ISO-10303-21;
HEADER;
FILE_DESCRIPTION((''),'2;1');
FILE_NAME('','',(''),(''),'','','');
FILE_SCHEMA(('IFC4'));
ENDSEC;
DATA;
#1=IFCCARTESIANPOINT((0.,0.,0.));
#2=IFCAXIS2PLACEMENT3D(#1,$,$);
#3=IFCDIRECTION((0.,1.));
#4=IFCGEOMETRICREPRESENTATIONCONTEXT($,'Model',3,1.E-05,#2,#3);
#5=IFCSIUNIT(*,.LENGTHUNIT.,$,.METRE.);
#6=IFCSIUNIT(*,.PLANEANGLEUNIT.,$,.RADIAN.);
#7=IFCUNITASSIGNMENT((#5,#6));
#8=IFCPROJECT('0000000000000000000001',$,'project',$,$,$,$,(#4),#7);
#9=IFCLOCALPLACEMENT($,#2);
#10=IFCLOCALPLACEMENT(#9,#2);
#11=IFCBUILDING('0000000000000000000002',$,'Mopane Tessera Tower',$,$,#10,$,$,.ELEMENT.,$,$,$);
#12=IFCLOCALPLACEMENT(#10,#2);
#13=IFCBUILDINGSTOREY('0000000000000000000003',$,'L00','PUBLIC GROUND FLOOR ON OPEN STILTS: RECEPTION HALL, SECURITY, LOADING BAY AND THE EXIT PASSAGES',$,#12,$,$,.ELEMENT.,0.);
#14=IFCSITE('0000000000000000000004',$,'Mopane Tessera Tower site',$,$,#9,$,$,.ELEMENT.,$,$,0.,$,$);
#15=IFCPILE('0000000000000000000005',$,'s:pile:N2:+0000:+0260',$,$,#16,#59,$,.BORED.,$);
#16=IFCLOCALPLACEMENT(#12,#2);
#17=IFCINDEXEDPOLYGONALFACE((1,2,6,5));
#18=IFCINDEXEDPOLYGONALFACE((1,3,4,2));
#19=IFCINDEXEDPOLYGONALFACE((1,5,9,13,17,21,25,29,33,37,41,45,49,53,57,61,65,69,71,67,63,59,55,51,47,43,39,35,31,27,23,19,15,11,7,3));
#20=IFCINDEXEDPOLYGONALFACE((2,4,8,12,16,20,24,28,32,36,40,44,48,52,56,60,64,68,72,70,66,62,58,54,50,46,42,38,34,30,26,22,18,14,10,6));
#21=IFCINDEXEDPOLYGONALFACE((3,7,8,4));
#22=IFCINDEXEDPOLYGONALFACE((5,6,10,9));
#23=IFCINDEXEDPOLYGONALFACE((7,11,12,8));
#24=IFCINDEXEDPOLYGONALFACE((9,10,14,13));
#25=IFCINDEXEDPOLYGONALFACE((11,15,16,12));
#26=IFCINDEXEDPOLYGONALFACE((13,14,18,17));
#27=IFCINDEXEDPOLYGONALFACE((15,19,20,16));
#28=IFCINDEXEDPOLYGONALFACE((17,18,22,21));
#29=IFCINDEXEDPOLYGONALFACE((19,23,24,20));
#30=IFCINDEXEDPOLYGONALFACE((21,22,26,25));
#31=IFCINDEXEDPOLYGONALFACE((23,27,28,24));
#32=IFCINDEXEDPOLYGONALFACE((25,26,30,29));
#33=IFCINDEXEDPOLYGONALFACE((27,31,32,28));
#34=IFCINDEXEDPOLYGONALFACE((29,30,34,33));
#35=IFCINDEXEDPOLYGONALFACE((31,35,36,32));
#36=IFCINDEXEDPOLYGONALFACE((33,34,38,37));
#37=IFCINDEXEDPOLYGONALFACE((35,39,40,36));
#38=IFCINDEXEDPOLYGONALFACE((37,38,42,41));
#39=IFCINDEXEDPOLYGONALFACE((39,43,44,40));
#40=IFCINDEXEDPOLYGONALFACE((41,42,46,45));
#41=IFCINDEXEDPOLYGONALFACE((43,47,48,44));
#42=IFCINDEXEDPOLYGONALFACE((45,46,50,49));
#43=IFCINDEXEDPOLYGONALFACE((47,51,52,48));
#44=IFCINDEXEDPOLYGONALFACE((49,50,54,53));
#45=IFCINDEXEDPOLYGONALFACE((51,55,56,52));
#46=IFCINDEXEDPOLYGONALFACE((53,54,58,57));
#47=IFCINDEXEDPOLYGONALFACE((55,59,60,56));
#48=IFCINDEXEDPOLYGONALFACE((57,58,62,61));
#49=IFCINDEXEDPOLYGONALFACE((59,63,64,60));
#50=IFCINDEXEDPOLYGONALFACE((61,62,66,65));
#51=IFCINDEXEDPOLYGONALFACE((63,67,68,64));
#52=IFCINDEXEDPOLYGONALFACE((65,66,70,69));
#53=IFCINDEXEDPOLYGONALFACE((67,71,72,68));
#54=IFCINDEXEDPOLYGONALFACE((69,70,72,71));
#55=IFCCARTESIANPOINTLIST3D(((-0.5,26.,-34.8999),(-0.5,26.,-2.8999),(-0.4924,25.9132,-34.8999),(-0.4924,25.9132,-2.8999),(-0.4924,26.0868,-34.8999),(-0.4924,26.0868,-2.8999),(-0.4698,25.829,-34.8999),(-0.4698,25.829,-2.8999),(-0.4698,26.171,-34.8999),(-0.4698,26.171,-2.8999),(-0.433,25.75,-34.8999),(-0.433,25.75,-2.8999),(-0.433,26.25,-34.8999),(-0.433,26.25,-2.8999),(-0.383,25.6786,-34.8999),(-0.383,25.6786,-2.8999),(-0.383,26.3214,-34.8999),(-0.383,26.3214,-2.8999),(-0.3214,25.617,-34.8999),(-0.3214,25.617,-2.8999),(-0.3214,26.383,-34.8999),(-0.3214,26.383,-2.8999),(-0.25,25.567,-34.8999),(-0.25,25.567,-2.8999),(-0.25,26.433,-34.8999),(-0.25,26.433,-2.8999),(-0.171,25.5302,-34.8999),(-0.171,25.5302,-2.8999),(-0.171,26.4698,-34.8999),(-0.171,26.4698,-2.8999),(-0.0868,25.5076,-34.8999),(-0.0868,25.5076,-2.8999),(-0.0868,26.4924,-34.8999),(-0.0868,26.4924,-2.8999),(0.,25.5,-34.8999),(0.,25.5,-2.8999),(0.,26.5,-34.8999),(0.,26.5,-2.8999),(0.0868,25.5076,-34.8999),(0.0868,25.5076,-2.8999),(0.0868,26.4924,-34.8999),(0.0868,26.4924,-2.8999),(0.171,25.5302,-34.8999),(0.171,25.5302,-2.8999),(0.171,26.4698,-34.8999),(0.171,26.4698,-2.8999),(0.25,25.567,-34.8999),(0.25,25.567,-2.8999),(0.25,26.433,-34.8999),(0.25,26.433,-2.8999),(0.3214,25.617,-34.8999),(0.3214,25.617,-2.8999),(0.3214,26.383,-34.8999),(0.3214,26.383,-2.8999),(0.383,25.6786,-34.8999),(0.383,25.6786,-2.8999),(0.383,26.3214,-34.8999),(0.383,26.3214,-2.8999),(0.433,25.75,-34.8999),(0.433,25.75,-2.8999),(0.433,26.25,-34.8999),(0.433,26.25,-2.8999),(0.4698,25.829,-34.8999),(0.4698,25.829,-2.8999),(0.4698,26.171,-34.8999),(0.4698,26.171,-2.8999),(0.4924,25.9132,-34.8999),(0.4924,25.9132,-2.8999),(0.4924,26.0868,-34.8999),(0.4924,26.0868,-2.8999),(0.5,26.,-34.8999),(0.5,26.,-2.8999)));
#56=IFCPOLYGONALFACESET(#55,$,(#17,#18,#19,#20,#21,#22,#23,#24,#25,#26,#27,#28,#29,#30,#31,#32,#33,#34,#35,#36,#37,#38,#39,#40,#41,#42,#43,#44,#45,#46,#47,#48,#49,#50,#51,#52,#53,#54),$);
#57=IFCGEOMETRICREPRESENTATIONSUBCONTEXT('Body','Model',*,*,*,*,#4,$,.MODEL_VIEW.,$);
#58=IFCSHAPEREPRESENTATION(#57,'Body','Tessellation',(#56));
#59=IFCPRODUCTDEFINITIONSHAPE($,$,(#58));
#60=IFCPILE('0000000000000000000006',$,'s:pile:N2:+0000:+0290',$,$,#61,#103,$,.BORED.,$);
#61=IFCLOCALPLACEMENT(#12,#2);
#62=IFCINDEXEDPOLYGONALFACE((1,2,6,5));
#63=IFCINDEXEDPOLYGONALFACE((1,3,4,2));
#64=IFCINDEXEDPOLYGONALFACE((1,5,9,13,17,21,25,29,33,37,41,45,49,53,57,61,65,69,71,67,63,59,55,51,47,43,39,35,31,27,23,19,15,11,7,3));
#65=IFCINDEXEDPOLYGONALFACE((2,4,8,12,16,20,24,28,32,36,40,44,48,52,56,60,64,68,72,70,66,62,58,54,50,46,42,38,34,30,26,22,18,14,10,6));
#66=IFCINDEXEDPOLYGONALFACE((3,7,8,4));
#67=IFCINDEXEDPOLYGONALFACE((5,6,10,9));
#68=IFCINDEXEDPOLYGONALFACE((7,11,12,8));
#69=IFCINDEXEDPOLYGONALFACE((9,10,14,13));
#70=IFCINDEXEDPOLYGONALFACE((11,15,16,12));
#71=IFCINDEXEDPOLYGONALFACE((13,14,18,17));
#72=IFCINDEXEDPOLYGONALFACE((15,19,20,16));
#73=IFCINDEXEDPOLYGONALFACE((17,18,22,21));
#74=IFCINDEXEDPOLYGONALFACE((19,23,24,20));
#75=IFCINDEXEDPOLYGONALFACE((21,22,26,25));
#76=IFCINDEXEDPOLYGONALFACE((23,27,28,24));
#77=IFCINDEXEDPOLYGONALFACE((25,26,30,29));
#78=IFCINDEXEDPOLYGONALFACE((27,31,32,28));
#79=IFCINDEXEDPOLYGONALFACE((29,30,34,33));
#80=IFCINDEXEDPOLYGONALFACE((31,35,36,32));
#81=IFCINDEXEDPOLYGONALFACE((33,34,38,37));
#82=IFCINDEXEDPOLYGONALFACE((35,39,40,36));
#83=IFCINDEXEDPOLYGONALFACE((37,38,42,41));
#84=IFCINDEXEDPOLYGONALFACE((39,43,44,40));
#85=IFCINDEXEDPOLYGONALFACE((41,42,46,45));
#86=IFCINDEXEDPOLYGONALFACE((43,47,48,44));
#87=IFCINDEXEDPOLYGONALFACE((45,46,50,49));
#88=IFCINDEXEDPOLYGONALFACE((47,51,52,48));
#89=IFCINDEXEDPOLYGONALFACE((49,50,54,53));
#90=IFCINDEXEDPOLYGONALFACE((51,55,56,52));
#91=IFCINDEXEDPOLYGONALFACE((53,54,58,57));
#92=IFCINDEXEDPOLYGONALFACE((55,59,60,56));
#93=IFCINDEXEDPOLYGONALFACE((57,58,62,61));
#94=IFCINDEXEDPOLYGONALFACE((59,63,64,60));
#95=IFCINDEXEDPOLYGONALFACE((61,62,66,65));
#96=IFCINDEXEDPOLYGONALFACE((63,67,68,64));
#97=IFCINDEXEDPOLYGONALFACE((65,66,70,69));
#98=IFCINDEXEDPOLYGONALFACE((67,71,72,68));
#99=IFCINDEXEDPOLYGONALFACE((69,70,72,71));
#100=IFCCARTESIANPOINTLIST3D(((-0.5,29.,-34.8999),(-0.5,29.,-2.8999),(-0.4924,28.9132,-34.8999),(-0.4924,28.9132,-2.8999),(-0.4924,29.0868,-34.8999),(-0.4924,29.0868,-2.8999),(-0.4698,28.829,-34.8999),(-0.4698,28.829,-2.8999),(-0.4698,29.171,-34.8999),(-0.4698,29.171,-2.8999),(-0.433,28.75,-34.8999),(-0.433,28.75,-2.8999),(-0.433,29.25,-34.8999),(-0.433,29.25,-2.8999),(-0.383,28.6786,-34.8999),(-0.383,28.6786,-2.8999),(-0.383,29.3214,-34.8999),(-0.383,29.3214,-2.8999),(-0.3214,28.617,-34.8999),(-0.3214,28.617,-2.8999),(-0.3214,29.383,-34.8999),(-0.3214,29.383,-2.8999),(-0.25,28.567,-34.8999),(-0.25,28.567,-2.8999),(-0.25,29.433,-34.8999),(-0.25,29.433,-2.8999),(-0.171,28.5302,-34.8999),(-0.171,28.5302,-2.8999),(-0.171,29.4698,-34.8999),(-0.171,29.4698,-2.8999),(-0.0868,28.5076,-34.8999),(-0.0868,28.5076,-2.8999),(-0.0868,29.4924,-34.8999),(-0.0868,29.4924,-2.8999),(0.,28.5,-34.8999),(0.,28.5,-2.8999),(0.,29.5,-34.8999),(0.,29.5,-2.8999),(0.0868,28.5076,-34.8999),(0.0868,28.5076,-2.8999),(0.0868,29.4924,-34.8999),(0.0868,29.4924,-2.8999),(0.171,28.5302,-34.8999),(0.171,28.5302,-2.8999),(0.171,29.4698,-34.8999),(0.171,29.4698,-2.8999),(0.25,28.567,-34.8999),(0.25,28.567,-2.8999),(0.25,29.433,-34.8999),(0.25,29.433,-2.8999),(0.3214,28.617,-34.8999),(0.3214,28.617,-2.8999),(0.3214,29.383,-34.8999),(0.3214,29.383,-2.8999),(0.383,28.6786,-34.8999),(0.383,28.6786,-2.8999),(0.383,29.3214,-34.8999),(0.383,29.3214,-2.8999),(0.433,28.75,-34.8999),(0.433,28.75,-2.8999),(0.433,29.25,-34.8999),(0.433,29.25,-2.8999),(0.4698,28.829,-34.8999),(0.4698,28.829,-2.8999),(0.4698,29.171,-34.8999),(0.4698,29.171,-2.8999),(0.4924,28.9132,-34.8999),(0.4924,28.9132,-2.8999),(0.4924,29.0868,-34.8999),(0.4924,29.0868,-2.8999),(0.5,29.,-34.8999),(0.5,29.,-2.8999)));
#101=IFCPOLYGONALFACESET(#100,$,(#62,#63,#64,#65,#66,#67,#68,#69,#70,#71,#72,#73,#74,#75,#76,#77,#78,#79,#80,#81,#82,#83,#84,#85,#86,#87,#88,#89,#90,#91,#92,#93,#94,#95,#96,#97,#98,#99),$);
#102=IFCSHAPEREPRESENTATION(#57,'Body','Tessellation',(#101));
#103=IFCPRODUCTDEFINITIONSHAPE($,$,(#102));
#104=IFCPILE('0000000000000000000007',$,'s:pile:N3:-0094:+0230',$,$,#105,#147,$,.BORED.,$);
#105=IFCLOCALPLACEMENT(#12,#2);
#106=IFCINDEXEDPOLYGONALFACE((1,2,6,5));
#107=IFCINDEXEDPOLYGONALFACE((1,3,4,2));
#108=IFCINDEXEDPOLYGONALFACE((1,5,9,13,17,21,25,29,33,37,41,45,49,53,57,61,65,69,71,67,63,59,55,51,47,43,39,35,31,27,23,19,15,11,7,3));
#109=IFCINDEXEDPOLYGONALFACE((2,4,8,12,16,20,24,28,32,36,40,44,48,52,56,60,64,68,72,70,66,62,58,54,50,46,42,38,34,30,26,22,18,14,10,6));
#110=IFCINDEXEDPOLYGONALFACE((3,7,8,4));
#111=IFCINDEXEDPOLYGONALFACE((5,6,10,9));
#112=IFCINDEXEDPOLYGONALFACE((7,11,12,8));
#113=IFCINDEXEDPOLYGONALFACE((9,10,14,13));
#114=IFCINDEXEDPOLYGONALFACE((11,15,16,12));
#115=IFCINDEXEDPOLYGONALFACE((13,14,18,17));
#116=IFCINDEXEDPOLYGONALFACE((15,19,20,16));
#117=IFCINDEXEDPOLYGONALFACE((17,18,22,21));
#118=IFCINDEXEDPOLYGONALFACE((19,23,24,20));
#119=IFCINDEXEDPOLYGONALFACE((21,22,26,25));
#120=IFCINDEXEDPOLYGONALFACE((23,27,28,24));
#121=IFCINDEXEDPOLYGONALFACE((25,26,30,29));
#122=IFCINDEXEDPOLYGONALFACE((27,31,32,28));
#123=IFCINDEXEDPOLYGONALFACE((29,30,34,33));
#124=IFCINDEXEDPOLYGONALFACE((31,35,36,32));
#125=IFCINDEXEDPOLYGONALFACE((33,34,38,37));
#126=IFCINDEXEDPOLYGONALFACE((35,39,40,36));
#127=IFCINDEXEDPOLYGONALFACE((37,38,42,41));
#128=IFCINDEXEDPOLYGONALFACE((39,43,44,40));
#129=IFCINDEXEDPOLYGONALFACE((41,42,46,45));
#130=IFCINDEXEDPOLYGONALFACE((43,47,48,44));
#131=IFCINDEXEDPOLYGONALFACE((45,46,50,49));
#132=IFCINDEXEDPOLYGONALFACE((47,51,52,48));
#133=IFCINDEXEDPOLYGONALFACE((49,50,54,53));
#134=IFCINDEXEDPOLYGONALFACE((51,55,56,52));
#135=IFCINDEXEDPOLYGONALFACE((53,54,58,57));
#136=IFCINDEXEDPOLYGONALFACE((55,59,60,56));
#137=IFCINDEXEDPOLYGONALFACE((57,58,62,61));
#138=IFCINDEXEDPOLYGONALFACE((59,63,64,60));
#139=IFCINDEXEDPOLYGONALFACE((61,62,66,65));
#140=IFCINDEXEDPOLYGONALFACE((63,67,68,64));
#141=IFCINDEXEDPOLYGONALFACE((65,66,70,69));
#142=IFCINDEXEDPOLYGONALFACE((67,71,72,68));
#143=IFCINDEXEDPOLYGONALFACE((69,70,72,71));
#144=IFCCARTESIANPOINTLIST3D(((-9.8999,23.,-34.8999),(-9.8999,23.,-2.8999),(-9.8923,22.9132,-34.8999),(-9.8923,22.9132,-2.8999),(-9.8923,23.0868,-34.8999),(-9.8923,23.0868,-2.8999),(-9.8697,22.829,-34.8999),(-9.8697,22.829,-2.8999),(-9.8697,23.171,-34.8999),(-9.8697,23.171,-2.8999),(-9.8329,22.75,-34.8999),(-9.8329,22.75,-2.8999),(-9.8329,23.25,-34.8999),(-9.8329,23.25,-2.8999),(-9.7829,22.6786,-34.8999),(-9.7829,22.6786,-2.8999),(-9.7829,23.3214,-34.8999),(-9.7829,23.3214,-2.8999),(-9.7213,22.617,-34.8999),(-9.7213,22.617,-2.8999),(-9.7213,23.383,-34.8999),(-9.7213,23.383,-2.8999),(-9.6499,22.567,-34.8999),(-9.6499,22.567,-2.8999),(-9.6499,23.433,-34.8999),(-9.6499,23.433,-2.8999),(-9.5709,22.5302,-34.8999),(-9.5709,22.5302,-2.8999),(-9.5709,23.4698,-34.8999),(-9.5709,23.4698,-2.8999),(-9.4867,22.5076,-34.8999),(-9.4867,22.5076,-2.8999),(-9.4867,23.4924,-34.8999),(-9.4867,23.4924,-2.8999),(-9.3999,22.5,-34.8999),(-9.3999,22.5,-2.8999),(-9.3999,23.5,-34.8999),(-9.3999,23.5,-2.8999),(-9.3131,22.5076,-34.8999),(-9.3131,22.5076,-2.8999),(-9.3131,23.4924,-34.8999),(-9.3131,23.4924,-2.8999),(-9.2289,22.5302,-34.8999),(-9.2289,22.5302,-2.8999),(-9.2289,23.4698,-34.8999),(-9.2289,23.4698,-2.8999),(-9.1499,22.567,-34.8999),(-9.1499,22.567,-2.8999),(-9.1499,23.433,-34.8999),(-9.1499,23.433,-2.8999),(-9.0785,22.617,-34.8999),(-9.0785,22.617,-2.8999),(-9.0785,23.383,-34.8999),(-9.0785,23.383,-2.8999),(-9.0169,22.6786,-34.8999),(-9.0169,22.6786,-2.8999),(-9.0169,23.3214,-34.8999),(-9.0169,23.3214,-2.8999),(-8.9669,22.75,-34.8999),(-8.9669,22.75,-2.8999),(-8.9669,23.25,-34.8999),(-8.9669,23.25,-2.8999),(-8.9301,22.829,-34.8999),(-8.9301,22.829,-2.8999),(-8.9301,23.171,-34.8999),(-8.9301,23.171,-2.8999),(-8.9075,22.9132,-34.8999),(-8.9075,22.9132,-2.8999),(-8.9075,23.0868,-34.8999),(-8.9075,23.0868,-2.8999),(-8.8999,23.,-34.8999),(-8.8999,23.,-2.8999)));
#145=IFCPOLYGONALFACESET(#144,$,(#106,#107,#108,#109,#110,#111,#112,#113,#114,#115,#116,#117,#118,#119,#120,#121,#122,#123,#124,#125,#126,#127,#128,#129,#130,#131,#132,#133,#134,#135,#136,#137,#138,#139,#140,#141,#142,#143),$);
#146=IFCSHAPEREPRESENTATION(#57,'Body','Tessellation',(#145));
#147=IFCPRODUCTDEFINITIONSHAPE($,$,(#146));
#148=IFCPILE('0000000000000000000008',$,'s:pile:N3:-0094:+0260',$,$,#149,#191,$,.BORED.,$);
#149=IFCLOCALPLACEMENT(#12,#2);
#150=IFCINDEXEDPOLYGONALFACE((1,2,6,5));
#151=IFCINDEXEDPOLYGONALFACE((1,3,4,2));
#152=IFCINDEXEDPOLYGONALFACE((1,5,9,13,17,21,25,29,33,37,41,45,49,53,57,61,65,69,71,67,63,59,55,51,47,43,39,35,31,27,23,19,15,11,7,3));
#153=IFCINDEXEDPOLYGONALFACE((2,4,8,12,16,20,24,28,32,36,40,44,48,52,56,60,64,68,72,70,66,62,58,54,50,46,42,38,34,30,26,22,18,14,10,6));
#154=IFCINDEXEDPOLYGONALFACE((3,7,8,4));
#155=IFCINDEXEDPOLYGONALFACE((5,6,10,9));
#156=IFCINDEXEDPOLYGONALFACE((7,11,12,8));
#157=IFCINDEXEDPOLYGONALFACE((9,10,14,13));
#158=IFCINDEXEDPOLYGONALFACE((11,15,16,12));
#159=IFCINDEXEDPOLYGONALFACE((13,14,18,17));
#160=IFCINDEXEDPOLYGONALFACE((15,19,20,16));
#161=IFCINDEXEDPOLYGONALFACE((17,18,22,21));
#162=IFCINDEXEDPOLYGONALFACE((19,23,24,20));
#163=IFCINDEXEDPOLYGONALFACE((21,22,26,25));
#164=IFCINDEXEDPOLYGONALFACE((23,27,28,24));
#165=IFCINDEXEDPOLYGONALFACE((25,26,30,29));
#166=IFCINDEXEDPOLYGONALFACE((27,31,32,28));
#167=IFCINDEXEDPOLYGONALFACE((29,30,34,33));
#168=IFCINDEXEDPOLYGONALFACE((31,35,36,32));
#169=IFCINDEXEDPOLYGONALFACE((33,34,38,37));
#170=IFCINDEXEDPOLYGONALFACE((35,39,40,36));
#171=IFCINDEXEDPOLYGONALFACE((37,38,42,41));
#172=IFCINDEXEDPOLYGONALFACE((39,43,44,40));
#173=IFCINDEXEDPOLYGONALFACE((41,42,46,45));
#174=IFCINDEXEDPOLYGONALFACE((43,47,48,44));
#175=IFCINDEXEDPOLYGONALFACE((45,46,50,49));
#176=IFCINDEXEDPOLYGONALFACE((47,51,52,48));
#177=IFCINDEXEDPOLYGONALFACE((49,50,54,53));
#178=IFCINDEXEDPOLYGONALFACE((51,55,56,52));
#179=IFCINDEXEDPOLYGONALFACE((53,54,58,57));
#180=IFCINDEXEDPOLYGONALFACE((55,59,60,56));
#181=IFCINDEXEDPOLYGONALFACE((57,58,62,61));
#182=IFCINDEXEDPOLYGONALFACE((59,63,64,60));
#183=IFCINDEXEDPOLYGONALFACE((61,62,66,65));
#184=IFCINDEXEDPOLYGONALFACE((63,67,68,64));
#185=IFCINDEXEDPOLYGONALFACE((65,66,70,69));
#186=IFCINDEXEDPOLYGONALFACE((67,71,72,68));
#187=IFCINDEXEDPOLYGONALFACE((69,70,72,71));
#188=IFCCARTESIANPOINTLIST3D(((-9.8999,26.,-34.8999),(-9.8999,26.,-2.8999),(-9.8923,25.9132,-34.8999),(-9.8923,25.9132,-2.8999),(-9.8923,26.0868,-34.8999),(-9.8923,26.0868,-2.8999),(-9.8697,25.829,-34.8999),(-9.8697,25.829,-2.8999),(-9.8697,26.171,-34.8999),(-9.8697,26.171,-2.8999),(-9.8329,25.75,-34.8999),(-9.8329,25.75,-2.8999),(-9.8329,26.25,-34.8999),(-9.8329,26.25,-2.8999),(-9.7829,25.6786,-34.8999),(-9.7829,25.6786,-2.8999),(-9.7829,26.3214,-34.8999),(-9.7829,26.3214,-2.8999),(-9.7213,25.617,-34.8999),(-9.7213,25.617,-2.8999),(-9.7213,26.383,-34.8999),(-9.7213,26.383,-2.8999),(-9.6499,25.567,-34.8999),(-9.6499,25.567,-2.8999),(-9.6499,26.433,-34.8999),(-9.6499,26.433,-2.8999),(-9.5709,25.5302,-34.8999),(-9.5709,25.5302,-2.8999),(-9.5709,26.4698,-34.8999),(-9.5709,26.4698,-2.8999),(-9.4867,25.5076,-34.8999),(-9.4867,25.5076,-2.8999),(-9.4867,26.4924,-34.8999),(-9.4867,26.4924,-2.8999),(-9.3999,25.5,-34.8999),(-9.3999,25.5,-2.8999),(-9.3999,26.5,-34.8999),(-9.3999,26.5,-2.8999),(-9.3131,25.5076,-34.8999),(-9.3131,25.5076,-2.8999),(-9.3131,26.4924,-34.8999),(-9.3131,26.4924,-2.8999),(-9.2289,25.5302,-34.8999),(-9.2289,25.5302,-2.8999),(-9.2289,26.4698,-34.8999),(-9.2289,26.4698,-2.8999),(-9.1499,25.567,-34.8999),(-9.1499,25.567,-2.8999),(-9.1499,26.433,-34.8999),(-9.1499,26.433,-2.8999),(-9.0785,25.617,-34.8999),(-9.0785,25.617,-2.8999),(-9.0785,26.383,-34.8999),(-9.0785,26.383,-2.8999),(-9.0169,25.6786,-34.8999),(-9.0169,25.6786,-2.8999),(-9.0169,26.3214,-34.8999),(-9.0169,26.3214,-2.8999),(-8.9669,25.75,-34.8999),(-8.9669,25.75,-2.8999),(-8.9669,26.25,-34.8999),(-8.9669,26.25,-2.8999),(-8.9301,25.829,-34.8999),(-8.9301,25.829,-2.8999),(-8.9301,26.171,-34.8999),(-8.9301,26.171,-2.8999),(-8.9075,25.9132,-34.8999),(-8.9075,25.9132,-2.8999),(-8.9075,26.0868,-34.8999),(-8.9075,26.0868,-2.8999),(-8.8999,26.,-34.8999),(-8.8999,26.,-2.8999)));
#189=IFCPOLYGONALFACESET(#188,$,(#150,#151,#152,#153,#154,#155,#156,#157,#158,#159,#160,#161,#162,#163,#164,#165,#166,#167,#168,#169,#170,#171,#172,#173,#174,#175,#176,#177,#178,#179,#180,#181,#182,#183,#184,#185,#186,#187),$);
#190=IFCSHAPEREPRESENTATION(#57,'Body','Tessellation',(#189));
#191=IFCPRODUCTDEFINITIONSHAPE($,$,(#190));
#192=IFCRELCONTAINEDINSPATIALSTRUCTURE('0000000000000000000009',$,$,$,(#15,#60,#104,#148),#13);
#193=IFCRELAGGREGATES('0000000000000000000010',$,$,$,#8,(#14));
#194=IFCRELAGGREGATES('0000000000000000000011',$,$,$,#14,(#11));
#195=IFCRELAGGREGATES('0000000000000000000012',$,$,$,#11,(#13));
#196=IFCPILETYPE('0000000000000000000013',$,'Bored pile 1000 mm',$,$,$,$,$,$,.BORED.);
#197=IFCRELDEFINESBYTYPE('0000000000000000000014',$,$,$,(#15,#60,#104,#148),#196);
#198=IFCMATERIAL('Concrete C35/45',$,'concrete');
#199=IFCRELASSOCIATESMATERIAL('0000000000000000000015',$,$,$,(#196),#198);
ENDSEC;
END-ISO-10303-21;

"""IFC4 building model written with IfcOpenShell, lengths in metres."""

from ifc_helpers import new_model, si_unit, direction, frame, origin, origin_2d, place, context, subcontext, project, spatial, circle, extrude, material, material_profile, profile_set, type_object, element, save


model = new_model("IFC4")

# Units and contexts
model_context = context("Model", 3, precision=1e-05, world=origin(), true_north=direction((0.0, 1.0)))
body_context = subcontext(model_context, "Body", "Model", "MODEL_VIEW")
ifc_project = project(units=[si_unit("LENGTHUNIT", "METRE"), si_unit("PLANEANGLEUNIT", "RADIAN")], contexts=[model_context])

# Site, building, storey
site_placement = place(None, origin())
site = spatial("IfcSite", under=ifc_project, at=site_placement, Name="Mopane Tessera Tower site", CompositionType="ELEMENT", RefElevation=0.0)
building_placement = place(site_placement, origin())
building = spatial("IfcBuilding", under=site, at=building_placement, Name="Mopane Tessera Tower", CompositionType="ELEMENT")
storey_placement = place(building_placement, origin())
storey = spatial("IfcBuildingStorey", under=building, at=storey_placement, Name="L00", Description="PUBLIC GROUND FLOOR ON OPEN STILTS: RECEPTION HALL, SECURITY, LOADING BAY AND THE EXIT PASSAGES", CompositionType="ELEMENT", Elevation=0.0)

# Piles
ifc_material_1 = material(Name="Concrete C35/45", Category="concrete")
ifc_material_profile_1 = material_profile(ifc_material_1, circle(Radius=0.5, at=origin_2d()))
ifc_profile_set_1 = profile_set([ifc_material_profile_1], Name="Concrete C35/45")
pile_type_1 = type_object("IfcPileType", Name="Bored pile 1000 mm", PredefinedType="BORED", material=ifc_profile_set_1)
for number, where, z_axis, x_axis, name in (
    (1, (0.0, 26.0, -2.8999), (0.0, 0.0, -1.0), (1.0, 0.0, 0.0), "s:pile:N2:+0000:+0260"),
    (2, (0.0, 29.0, -2.8999), (0.0, 0.0, -1.0), (1.0, 0.0, 0.0), "s:pile:N2:+0000:+0290"),
    (3, (-9.3999, 23.0, -2.8999), (0.0, 0.0, -1.0), (1.0, 0.0, 0.0), "s:pile:N3:-0094:+0230"),
    (4, (-9.3999, 26.0, -2.8999), (0.0, 0.0, -1.0), (1.0, 0.0, 0.0), "s:pile:N3:-0094:+0260"),
):
    element("IfcPile", number, at=place(storey_placement, frame(where, z_axis=z_axis, x_axis=x_axis)), inside=storey, type_object=pile_type_1, Name=name, PredefinedType="BORED", context=body_context, shape_type="SweptSolid", body=[
        extrude(circle(Radius=0.5, at=origin_2d()), origin(), (0.0, 0.0, 1.0), 32.0),
    ])

save(model, "model.ifc")
